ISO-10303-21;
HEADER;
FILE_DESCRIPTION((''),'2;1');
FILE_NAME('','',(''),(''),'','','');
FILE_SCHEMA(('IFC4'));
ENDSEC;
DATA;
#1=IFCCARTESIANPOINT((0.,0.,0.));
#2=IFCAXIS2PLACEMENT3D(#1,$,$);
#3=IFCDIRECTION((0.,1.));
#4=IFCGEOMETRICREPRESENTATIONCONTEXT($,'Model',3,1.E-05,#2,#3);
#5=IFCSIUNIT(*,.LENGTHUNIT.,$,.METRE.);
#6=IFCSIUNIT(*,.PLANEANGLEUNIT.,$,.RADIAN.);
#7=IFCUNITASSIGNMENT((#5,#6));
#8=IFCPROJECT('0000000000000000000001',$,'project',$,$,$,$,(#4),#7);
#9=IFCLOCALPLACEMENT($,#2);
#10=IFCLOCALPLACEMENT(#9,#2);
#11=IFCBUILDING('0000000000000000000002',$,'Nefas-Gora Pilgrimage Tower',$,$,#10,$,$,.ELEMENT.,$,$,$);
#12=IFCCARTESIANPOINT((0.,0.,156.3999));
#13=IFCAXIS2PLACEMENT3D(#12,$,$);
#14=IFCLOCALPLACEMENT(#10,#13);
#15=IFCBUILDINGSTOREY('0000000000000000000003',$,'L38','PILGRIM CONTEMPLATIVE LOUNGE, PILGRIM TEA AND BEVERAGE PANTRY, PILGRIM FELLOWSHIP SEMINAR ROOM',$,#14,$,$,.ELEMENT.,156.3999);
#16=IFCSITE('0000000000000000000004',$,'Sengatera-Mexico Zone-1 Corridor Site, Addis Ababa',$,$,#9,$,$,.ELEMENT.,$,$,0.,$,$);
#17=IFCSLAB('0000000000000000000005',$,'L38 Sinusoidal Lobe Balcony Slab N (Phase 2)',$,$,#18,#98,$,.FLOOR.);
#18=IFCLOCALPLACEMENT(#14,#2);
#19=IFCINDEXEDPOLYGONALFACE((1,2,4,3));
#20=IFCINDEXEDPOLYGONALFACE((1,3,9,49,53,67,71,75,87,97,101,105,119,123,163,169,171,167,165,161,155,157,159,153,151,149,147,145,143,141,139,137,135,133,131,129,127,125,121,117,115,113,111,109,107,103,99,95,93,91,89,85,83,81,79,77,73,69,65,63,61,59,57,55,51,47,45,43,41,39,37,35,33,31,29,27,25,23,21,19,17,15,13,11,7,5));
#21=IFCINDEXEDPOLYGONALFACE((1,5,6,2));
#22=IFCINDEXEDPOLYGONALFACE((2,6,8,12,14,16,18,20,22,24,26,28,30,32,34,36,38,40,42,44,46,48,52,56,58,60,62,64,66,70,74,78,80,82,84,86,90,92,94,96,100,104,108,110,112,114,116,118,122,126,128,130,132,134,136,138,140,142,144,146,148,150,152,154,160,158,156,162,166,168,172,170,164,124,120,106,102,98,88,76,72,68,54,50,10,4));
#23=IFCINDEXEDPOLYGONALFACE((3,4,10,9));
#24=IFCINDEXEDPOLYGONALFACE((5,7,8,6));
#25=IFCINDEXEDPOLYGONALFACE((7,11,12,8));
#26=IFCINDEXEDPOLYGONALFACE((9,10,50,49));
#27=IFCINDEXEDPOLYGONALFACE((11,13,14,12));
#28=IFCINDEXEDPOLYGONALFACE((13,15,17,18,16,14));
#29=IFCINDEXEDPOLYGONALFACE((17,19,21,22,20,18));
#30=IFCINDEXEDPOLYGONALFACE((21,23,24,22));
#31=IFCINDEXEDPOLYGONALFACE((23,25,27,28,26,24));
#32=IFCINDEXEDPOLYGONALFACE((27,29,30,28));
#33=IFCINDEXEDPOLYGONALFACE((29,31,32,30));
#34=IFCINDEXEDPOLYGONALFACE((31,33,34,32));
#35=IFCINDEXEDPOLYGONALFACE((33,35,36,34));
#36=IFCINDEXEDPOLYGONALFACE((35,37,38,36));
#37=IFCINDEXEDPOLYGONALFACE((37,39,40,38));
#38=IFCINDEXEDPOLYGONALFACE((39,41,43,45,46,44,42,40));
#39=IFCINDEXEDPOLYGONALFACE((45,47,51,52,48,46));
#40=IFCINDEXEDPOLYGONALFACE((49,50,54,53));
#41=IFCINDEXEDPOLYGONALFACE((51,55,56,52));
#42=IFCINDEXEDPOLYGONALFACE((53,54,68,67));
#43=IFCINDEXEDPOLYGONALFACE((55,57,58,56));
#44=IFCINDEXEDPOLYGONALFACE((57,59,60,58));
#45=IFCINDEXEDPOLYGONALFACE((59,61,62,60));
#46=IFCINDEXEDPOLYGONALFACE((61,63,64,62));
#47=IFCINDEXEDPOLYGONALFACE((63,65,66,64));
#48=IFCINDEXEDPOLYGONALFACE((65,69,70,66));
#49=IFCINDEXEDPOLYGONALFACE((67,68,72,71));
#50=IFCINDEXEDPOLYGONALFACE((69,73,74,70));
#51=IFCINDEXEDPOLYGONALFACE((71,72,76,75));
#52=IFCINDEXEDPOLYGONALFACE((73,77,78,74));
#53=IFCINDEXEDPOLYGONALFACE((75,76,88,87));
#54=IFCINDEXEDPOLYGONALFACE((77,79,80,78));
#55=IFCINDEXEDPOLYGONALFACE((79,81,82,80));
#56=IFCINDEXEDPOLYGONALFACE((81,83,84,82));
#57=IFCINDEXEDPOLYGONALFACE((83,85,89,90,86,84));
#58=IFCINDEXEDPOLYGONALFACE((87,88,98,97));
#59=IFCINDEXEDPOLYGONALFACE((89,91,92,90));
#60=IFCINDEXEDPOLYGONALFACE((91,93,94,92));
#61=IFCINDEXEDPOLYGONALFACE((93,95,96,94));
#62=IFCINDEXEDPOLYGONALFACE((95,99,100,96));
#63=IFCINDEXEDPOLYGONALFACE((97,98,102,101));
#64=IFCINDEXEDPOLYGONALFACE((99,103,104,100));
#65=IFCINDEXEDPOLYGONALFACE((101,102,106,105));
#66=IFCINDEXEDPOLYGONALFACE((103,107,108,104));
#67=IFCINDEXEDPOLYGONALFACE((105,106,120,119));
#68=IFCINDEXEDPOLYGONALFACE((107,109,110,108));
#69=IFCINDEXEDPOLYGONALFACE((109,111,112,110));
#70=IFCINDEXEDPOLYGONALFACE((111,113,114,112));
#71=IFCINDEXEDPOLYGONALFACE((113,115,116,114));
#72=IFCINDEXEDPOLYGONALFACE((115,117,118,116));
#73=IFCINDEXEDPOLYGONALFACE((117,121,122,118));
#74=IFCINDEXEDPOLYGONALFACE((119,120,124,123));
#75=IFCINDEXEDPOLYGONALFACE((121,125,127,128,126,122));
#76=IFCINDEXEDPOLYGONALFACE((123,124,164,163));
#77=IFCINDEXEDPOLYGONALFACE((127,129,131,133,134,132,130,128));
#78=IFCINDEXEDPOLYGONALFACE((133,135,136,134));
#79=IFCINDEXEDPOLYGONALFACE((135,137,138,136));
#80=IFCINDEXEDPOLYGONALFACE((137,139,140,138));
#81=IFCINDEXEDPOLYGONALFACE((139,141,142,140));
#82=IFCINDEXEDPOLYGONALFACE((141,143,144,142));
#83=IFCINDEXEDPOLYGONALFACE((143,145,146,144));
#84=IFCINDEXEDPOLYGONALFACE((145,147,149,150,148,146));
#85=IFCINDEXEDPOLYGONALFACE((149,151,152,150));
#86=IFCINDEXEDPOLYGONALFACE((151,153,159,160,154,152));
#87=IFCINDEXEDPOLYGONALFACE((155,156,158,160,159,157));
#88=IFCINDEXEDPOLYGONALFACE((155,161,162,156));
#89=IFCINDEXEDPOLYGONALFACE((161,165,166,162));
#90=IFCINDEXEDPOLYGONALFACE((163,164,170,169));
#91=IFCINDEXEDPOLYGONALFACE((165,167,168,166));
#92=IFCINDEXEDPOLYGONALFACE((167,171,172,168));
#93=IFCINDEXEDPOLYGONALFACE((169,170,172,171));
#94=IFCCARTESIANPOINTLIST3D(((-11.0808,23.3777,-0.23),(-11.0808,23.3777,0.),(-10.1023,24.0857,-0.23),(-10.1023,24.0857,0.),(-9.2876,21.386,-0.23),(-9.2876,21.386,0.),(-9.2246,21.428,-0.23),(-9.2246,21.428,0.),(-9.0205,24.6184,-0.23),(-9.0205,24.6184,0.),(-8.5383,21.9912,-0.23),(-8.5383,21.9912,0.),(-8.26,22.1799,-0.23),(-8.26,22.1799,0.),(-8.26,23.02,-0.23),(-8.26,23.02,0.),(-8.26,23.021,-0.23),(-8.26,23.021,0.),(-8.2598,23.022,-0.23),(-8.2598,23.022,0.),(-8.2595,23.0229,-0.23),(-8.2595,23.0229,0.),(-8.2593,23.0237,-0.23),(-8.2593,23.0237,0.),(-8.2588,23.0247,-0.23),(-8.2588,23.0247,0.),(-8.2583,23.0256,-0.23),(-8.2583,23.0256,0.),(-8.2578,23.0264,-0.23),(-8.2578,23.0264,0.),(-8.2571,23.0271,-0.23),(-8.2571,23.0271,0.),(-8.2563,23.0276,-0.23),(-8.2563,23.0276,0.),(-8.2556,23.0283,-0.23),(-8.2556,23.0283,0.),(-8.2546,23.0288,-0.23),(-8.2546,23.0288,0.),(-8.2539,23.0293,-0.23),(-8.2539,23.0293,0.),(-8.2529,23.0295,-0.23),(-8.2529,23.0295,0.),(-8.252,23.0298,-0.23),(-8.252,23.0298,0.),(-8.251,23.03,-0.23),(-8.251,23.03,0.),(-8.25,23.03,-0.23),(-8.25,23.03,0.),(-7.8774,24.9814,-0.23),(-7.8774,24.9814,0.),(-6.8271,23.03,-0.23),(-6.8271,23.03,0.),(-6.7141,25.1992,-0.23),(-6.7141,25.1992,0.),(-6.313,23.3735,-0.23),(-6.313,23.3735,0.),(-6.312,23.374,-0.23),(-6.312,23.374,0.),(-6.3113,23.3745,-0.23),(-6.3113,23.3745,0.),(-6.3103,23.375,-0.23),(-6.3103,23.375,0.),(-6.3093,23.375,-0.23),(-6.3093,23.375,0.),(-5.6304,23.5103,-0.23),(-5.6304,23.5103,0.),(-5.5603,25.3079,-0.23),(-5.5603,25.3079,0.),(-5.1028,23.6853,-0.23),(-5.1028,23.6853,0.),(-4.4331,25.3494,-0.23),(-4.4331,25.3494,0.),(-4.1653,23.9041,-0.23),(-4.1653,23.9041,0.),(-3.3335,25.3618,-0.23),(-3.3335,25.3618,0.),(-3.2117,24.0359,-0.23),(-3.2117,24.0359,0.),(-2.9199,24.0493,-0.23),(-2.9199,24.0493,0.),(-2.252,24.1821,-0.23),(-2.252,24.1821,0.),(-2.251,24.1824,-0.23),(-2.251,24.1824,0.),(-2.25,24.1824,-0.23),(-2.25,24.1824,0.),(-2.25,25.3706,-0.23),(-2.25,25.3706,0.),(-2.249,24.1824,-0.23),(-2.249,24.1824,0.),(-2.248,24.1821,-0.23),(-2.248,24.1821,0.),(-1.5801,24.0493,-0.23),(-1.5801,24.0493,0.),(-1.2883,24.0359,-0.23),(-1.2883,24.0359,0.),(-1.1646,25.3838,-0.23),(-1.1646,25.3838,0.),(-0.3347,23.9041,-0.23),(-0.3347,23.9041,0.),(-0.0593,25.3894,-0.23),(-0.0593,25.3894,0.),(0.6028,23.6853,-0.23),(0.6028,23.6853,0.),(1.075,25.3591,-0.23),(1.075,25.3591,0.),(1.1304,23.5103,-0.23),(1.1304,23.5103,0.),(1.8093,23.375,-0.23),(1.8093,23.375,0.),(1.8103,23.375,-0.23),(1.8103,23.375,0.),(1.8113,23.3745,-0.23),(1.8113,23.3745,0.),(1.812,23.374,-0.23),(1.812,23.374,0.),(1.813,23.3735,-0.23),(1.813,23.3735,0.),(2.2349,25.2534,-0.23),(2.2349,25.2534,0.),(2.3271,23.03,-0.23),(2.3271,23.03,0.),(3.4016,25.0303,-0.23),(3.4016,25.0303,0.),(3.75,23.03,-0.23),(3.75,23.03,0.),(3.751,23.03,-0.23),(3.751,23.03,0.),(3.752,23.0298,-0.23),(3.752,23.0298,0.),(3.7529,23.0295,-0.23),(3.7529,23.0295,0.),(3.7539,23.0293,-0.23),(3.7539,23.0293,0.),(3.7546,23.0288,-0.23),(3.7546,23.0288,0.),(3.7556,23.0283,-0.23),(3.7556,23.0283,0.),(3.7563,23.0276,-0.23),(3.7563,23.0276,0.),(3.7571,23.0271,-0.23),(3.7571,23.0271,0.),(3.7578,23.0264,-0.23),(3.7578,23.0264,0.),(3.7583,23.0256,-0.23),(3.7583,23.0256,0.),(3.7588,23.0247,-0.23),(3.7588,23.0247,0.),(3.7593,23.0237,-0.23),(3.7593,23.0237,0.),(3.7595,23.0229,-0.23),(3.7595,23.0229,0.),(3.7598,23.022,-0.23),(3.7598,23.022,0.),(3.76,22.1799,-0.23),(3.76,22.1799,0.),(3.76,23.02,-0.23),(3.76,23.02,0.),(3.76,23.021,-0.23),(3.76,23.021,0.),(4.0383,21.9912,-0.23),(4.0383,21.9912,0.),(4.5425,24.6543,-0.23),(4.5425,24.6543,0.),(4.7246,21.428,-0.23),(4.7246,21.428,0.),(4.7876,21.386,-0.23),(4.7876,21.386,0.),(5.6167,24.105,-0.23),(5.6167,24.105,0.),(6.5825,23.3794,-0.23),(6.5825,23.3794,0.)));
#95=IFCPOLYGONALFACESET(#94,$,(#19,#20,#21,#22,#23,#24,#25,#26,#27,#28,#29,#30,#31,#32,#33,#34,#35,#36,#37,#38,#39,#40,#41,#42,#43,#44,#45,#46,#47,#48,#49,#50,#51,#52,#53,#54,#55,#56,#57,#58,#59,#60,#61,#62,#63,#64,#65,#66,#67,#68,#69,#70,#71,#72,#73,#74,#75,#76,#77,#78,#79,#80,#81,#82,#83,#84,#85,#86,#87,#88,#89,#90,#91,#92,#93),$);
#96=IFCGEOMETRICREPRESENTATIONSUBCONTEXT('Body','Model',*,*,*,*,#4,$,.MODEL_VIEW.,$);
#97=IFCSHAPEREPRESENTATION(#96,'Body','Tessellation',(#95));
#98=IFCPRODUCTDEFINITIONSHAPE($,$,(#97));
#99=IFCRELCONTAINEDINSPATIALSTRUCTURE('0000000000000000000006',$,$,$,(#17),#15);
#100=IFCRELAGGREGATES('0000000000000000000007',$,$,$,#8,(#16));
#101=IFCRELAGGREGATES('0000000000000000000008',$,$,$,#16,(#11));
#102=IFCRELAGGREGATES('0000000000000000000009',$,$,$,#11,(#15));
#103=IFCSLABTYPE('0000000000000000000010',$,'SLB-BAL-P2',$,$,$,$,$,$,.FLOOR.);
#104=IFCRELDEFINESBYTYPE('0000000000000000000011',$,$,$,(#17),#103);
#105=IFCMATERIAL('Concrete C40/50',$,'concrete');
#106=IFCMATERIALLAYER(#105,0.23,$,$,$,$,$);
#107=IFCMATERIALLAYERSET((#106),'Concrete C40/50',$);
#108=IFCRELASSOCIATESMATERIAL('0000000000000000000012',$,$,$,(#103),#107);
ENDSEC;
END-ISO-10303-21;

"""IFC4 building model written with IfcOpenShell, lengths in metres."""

from ifc_helpers import new_model, si_unit, direction, frame, origin, place, context, subcontext, project, spatial, polyline, outline, extrude, material, layer, layer_set, type_object, element, save


model = new_model("IFC4")

# Units and contexts
model_context = context("Model", 3, precision=1e-05, world=origin(), true_north=direction((0.0, 1.0)))
body_context = subcontext(model_context, "Body", "Model", "MODEL_VIEW")
ifc_project = project(units=[si_unit("LENGTHUNIT", "METRE"), si_unit("PLANEANGLEUNIT", "RADIAN")], contexts=[model_context])

# Site, building, storey
site_placement = place(None, origin())
site = spatial("IfcSite", under=ifc_project, at=site_placement, Name="Sengatera-Mexico Zone-1 Corridor Site, Addis Ababa", CompositionType="ELEMENT", RefElevation=0.0)
building_placement = place(site_placement, origin())
building = spatial("IfcBuilding", under=site, at=building_placement, Name="Nefas-Gora Pilgrimage Tower", CompositionType="ELEMENT")
storey_placement = place(building_placement, frame((0.0, 0.0, 156.3999)))
storey = spatial("IfcBuildingStorey", under=building, at=storey_placement, Name="L38", Description="PILGRIM CONTEMPLATIVE LOUNGE, PILGRIM TEA AND BEVERAGE PANTRY, PILGRIM FELLOWSHIP SEMINAR ROOM", CompositionType="ELEMENT", Elevation=156.3999)

# Slab
ifc_material_1 = material(Name="Concrete C40/50", Category="concrete")
ifc_layer_1 = layer(ifc_material_1, 0.23)
ifc_layer_set_1 = layer_set([ifc_layer_1], Name="Concrete C40/50")
slab_type_1 = type_object("IfcSlabType", Name="SLB-BAL-P2", PredefinedType="FLOOR", material=ifc_layer_set_1)
slab_1_placement = place(storey_placement, frame((0.0, 0.0, -0.23)))
element("IfcSlab", 1, at=slab_1_placement, inside=storey, type_object=slab_type_1, Name="L38 Sinusoidal Lobe Balcony Slab N (Phase 2)", PredefinedType="FLOOR", context=body_context, shape_type="SweptSolid", body=[
    extrude(outline(polyline([(-9.2876, 21.386), (-9.2246, 21.428), (-8.5383, 21.9912), (-8.26, 22.1799), (-8.26, 23.02), (-8.26, 23.021), (-8.2598, 23.022), (-8.2595, 23.0229), (-8.2593, 23.0237), (-8.2588, 23.0247), (-8.2583, 23.0256), (-8.2578, 23.0264), (-8.2571, 23.0271), (-8.2563, 23.0276), (-8.2556, 23.0283), (-8.2546, 23.0288), (-8.2539, 23.0293), (-8.2529, 23.0295), (-8.252, 23.0298), (-8.251, 23.03), (-8.25, 23.03), (-6.8271, 23.03), (-6.313, 23.3735), (-6.312, 23.374), (-6.3113, 23.3745), (-6.3103, 23.375), (-6.3093, 23.375), (-5.6304, 23.5103), (-5.1028, 23.6853), (-4.1653, 23.9041), (-3.2117, 24.0359), (-2.9199, 24.0493), (-2.252, 24.1821), (-2.251, 24.1824), (-2.25, 24.1824), (-2.249, 24.1824), (-2.248, 24.1821), (-1.5801, 24.0493), (-1.2883, 24.0359), (-0.3347, 23.9041), (0.6028, 23.6853), (1.1304, 23.5103), (1.8093, 23.375), (1.8103, 23.375), (1.8113, 23.3745), (1.812, 23.374), (1.813, 23.3735), (2.3271, 23.03), (3.75, 23.03), (3.751, 23.03), (3.752, 23.0298), (3.7529, 23.0295), (3.7539, 23.0293), (3.7546, 23.0288), (3.7556, 23.0283), (3.7563, 23.0276), (3.7571, 23.0271), (3.7578, 23.0264), (3.7583, 23.0256), (3.7588, 23.0247), (3.7593, 23.0237), (3.7595, 23.0229), (3.7598, 23.022), (3.76, 23.021), (3.76, 23.02), (3.76, 22.1799), (4.0383, 21.9912), (4.7246, 21.428), (4.7876, 21.386), (6.5825, 23.3794), (5.6167, 24.105), (4.5425, 24.6543), (3.4016, 25.0303), (2.2349, 25.2534), (1.075, 25.3591), (-0.0593, 25.3894), (-1.1646, 25.3838), (-2.25, 25.3706), (-3.3335, 25.3618), (-4.4331, 25.3494), (-5.5603, 25.3079), (-6.7141, 25.1992), (-7.8774, 24.9814), (-9.0205, 24.6184), (-10.1023, 24.0857), (-11.0808, 23.3777), (-9.2876, 21.386)])), origin(), (0.0, 0.0, 1.0), 0.23),
])

save(model, "model.ifc")
